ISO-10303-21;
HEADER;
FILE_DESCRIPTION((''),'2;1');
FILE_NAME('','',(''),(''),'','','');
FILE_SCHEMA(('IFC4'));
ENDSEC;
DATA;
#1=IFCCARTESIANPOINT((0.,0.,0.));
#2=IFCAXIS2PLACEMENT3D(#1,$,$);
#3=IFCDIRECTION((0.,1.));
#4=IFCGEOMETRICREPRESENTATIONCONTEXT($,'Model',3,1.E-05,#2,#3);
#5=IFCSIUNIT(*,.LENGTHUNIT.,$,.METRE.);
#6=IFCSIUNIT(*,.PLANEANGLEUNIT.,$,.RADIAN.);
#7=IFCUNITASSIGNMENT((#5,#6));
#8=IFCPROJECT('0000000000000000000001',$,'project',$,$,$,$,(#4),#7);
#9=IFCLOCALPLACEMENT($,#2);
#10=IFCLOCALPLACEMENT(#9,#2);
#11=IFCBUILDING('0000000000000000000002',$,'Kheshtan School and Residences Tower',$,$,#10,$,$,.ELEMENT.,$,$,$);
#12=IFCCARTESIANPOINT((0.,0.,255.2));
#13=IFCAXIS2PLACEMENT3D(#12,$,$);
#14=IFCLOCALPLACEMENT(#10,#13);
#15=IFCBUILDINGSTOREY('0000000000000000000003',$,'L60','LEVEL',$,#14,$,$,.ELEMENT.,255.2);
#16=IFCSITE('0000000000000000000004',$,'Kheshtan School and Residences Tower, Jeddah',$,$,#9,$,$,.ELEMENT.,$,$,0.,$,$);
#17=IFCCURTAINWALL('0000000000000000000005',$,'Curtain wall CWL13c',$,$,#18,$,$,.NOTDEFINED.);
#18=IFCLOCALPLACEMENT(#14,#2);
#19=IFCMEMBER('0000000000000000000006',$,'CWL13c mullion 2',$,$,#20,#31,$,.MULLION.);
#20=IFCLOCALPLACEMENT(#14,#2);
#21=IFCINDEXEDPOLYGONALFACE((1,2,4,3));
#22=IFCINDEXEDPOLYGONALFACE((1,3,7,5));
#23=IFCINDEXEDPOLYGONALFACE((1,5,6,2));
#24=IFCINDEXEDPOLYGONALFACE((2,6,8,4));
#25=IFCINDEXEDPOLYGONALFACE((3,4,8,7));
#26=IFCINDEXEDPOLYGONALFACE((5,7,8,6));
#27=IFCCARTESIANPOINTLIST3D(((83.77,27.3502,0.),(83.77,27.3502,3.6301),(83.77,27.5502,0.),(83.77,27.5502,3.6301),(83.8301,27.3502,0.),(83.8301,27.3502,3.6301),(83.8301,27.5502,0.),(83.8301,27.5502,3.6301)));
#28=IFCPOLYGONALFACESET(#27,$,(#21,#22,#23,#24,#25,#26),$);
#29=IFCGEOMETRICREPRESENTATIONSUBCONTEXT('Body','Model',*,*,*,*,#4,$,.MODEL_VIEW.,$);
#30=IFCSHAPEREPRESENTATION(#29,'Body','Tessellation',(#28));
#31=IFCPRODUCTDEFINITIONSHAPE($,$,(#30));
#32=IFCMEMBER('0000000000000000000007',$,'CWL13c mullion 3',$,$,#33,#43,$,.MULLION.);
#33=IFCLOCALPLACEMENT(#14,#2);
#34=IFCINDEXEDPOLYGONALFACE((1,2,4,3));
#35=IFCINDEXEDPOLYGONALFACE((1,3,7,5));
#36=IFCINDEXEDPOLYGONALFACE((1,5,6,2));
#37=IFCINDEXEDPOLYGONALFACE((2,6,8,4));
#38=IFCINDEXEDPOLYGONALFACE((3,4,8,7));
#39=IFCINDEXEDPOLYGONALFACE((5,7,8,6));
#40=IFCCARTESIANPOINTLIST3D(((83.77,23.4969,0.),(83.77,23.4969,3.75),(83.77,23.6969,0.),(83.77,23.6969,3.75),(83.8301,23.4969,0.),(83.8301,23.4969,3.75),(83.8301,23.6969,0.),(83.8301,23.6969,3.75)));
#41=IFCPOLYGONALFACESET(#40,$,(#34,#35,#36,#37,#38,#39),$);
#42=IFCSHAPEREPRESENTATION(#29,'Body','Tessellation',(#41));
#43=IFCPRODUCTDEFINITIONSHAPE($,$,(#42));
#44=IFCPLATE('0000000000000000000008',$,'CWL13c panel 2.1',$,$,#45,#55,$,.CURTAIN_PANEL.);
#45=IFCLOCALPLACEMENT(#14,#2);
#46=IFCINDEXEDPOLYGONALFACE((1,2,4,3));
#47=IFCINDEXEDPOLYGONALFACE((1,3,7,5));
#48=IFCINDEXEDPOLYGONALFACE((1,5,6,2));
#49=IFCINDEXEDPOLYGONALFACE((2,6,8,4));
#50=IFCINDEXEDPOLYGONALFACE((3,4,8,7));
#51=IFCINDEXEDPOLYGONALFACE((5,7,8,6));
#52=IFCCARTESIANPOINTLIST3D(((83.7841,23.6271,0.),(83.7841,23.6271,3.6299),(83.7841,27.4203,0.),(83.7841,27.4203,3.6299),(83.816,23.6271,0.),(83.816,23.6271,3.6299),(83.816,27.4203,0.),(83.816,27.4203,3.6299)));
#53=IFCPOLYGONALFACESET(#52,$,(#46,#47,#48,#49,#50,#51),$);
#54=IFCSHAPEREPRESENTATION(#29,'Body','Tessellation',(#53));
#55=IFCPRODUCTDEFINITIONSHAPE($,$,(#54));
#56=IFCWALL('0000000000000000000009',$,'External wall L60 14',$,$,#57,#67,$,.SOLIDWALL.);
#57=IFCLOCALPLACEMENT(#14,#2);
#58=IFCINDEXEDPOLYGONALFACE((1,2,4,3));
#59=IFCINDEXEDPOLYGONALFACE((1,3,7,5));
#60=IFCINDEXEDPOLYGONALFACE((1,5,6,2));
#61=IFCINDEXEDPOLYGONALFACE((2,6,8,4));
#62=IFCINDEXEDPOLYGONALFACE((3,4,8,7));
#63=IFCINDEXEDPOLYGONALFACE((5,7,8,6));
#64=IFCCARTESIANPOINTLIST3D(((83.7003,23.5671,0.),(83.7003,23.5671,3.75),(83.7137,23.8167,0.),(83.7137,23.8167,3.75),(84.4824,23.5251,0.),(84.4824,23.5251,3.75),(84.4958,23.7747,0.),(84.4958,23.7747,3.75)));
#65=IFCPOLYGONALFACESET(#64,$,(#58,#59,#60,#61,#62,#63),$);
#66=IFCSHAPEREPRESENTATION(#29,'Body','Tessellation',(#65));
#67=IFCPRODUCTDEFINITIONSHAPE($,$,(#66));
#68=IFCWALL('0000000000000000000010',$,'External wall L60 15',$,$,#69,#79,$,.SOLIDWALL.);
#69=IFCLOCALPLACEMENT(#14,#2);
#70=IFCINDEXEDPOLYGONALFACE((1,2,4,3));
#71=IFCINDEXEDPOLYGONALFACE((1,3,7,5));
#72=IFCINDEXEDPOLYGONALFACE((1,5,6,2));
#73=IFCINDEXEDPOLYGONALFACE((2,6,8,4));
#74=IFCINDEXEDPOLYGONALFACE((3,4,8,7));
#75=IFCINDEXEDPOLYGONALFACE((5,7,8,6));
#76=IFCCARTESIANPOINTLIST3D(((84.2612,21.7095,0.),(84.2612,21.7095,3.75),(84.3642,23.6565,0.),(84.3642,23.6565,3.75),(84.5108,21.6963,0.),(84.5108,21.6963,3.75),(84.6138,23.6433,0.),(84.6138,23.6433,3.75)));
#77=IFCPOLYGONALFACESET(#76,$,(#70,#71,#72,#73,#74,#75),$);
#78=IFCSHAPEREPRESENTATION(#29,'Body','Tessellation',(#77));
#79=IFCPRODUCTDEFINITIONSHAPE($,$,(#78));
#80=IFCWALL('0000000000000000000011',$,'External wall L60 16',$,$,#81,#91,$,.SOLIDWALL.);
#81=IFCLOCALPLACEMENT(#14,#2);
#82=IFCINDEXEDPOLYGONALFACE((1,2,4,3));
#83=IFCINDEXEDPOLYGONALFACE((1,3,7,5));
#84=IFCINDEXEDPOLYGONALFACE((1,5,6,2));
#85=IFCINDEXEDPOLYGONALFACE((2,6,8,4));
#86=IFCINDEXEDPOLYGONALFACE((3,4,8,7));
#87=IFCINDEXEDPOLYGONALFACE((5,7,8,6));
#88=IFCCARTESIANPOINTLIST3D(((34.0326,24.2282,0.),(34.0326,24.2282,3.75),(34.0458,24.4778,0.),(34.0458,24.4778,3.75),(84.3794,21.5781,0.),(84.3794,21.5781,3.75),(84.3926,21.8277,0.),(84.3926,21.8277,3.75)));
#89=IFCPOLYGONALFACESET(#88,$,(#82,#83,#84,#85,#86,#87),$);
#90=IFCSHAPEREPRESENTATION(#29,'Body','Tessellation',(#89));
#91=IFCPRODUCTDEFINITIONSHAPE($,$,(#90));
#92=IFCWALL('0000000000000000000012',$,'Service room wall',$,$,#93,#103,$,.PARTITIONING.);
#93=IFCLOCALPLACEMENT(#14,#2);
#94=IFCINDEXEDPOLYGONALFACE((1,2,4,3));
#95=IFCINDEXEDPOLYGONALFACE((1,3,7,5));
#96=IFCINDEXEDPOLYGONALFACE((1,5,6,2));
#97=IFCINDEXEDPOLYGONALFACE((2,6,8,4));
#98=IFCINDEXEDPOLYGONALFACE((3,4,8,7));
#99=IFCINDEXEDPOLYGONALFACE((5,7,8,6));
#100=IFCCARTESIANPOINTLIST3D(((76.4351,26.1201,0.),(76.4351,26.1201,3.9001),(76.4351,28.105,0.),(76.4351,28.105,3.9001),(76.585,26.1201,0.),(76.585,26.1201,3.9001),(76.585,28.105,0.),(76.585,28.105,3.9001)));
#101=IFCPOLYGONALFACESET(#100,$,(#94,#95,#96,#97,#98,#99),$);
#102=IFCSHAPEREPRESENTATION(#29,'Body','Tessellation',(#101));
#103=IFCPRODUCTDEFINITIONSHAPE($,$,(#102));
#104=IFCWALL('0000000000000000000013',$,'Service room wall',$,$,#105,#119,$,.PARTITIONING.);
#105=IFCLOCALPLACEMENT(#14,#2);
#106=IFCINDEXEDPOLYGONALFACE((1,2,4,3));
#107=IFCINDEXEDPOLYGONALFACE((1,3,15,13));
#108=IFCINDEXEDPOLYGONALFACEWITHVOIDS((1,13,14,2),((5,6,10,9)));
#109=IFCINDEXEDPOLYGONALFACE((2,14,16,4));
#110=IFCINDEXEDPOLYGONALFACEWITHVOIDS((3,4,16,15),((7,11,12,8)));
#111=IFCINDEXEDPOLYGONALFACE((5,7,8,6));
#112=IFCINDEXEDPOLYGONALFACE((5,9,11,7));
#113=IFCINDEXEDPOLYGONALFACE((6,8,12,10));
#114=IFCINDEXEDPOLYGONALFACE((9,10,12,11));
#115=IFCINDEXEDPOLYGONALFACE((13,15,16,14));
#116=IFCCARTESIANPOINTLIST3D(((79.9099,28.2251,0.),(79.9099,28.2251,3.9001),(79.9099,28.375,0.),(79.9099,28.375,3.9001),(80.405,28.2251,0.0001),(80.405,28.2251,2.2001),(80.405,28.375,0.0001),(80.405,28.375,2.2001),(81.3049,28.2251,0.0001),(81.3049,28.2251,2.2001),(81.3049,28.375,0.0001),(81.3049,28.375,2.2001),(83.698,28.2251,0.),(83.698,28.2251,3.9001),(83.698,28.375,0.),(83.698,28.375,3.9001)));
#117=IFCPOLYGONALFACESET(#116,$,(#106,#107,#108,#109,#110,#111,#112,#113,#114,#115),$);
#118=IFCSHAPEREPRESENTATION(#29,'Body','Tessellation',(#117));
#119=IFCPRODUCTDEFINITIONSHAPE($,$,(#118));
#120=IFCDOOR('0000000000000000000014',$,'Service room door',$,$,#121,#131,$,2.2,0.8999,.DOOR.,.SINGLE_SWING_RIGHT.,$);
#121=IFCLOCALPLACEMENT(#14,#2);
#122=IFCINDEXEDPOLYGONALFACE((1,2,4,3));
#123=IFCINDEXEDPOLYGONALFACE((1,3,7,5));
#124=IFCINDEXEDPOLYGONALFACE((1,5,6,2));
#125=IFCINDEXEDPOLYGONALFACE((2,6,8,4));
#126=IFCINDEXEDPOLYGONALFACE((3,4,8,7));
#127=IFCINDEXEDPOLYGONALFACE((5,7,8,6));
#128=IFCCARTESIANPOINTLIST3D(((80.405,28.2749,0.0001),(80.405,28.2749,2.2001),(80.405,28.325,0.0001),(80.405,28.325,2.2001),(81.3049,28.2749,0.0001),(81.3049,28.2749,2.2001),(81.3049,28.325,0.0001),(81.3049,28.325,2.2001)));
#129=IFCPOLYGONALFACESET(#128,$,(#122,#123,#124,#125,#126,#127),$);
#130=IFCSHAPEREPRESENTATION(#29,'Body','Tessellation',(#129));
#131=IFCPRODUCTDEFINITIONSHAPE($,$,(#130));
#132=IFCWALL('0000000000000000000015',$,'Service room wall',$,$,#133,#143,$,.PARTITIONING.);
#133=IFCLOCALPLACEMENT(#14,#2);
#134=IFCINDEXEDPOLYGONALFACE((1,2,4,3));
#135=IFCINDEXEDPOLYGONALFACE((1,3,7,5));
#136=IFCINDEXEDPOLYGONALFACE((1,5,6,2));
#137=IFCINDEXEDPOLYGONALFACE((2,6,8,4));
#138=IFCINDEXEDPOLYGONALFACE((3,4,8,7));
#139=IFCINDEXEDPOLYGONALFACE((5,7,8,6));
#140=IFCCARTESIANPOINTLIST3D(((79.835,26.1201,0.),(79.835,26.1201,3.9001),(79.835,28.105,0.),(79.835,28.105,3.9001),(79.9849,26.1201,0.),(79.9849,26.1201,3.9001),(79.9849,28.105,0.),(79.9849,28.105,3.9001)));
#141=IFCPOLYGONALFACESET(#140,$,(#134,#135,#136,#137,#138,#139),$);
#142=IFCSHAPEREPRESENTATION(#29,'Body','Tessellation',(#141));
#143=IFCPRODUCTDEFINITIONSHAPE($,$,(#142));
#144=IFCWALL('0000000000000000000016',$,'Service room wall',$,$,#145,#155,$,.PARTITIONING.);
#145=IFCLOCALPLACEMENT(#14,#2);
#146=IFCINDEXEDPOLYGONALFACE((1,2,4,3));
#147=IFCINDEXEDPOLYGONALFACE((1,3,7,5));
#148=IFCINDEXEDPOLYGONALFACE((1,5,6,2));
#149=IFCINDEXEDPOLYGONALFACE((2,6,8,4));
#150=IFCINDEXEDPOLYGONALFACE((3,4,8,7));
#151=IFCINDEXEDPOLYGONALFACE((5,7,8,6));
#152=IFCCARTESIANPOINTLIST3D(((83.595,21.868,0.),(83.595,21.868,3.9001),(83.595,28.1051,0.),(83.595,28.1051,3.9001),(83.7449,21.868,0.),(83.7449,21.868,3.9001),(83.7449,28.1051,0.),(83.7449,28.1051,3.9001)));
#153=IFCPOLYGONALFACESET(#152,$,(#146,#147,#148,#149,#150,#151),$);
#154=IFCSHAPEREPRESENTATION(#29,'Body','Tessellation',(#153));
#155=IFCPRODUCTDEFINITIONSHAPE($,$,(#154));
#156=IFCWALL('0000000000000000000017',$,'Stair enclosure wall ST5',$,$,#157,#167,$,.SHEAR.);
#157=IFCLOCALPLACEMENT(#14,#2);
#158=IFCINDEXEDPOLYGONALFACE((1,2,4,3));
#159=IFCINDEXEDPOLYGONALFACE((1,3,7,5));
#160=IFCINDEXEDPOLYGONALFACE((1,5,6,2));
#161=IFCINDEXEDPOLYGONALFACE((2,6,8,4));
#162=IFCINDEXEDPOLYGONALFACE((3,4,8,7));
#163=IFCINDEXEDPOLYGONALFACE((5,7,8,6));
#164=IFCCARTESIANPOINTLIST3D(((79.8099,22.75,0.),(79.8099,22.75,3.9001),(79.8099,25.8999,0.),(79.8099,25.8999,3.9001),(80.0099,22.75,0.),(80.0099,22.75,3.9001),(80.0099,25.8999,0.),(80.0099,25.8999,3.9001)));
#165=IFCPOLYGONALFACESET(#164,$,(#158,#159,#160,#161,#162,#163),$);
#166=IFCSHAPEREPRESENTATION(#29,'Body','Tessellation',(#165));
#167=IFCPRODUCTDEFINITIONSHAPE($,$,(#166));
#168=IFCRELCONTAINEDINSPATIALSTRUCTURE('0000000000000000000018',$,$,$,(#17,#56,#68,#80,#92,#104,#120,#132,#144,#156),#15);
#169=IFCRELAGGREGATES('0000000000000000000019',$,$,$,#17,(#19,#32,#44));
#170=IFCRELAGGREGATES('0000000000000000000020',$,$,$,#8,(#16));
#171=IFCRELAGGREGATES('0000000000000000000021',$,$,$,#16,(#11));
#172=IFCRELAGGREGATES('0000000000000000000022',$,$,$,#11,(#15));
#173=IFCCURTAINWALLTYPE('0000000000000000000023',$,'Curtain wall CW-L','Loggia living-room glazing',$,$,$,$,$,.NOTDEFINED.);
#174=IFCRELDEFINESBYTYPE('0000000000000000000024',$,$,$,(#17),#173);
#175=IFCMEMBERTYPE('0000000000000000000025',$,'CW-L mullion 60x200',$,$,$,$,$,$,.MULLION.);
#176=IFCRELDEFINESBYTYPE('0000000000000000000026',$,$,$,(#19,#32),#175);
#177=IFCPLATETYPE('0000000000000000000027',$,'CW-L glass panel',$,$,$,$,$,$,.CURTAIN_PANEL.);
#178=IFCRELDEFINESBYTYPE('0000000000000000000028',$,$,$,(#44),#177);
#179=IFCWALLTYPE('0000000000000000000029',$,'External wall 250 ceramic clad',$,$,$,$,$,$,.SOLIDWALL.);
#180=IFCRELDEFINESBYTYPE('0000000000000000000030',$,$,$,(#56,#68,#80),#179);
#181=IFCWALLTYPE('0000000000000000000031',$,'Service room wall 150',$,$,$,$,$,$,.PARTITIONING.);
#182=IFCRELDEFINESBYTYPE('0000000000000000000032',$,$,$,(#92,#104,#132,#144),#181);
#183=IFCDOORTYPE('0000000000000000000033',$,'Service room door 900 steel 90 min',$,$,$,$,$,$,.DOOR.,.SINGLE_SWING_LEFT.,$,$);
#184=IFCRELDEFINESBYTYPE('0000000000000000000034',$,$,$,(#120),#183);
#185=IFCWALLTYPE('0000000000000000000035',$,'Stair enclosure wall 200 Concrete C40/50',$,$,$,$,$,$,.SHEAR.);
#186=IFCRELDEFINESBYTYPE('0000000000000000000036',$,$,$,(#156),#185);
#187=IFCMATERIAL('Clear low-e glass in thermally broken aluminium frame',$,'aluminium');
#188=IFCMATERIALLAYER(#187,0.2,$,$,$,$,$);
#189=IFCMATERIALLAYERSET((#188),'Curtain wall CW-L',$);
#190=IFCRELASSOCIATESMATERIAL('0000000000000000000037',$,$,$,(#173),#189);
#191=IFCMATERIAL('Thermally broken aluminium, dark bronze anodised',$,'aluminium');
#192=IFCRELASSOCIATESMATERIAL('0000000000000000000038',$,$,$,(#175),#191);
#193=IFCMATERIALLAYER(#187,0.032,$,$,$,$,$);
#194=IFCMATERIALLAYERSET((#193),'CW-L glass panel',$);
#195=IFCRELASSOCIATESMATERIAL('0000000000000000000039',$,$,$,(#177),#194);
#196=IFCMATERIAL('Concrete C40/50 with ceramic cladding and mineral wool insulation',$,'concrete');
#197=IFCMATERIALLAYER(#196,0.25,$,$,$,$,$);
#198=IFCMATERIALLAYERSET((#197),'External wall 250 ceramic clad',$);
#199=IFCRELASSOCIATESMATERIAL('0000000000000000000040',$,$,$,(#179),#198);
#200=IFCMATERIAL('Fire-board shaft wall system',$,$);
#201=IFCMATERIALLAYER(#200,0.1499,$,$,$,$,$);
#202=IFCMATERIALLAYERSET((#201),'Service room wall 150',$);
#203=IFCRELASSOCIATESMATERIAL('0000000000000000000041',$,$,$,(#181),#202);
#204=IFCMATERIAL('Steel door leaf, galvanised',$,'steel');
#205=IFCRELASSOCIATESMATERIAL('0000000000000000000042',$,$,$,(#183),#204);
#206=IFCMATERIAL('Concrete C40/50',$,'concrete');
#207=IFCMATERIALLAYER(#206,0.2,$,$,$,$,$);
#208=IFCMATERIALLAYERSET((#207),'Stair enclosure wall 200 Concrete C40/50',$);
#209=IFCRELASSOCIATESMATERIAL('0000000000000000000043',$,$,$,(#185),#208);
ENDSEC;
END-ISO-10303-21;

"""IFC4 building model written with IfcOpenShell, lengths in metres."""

from ifc_helpers import new_model, si_unit, direction, frame, frame_2d, origin, origin_2d, place, context, subcontext, project, spatial, rectangle, extrude, source, transform, mapped, material, layer, layer_set, material_profile, profile_set, type_object, element, fill, aggregate, save


model = new_model("IFC4")

# Units and contexts
model_context = context("Model", 3, precision=1e-05, world=origin(), true_north=direction((0.0, 1.0)))
body_context = subcontext(model_context, "Body", "Model", "MODEL_VIEW")
ifc_project = project(units=[si_unit("LENGTHUNIT", "METRE"), si_unit("PLANEANGLEUNIT", "RADIAN")], contexts=[model_context])

# Site, building, storey
site_placement = place(None, origin())
site = spatial("IfcSite", under=ifc_project, at=site_placement, Name="Kheshtan School and Residences Tower, Jeddah", CompositionType="ELEMENT", RefElevation=0.0)
building_placement = place(site_placement, origin())
building = spatial("IfcBuilding", under=site, at=building_placement, Name="Kheshtan School and Residences Tower", CompositionType="ELEMENT")
storey_placement = place(building_placement, frame((0.0, 0.0, 255.2)))
storey = spatial("IfcBuildingStorey", under=building, at=storey_placement, Name="L60", Description="LEVEL", CompositionType="ELEMENT", Elevation=255.2)

# Curtain wall, members, plate
ifc_material_1 = material(Name="Clear low-e glass in thermally broken aluminium frame", Category="aluminium")
ifc_layer_1 = layer(ifc_material_1, 0.2)
ifc_layer_set_1 = layer_set([ifc_layer_1], Name="Curtain wall CW-L")
curtain_wall_type = type_object("IfcCurtainWallType", Name="Curtain wall CW-L", Description="Loggia living-room glazing", PredefinedType="NOTDEFINED", material=ifc_layer_set_1)
curtain_wall_placement = place(storey_placement, origin())
curtain_wall = element("IfcCurtainWall", 1, at=curtain_wall_placement, inside=storey, type_object=curtain_wall_type, Name="Curtain wall CWL13c", PredefinedType="NOTDEFINED")
ifc_material_2 = material(Name="Thermally broken aluminium, dark bronze anodised", Category="aluminium")
ifc_material_profile_1 = material_profile(ifc_material_2, rectangle(XDim=0.0601, YDim=0.2, at=origin_2d()), Name="CW-L mullion 60x200")
ifc_profile_set_1 = profile_set([ifc_material_profile_1], Name="Thermally broken aluminium, dark bronze anodised")
member_type = type_object("IfcMemberType", Name="CW-L mullion 60x200", PredefinedType="MULLION", material=ifc_profile_set_1)
member_1_placement = place(storey_placement, frame((83.8, 27.4502, 0.0), z_axis=(0.0, 0.0, 1.0), x_axis=(1.0, 0.0, 0.0)))
member_1 = element("IfcMember", 2, at=member_1_placement, type_object=member_type, Name="CWL13c mullion 2", PredefinedType="MULLION", context=body_context, shape_type="SweptSolid", body=[
    extrude(rectangle(XDim=0.0601, YDim=0.2, at=origin_2d()), origin(), (0.0, 0.0, 1.0), 3.6301),
])
member_2_placement = place(storey_placement, frame((83.8, 23.5969, 0.0), z_axis=(0.0, 0.0, 1.0), x_axis=(1.0, 0.0, 0.0)))
member_2 = element("IfcMember", 3, at=member_2_placement, type_object=member_type, Name="CWL13c mullion 3", PredefinedType="MULLION", context=body_context, shape_type="SweptSolid", body=[
    extrude(rectangle(XDim=0.0601, YDim=0.2, at=origin_2d()), origin(), (0.0, 0.0, 1.0), 3.75),
])
ifc_layer_2 = layer(ifc_material_1, 0.032)
ifc_layer_set_2 = layer_set([ifc_layer_2], Name="CW-L glass panel")
plate_type = type_object("IfcPlateType", Name="CW-L glass panel", PredefinedType="CURTAIN_PANEL", material=ifc_layer_set_2)
plate_placement = place(storey_placement, frame((83.8, 25.5237, 0.0), z_axis=(0.0, 0.0, 1.0), x_axis=(0.0, -1.0, 0.0)))
plate = element("IfcPlate", 4, at=plate_placement, type_object=plate_type, Name="CWL13c panel 2.1", PredefinedType="CURTAIN_PANEL", context=body_context, shape_type="SweptSolid", body=[
    extrude(rectangle(XDim=3.7932, YDim=0.032, at=origin_2d()), origin(), (0.0, 0.0, 1.0), 3.6299),
])
aggregate(curtain_wall, [member_1, member_2, plate])

# Walls
ifc_material_3 = material(Name="Concrete C40/50 with ceramic cladding and mineral wool insulation", Category="concrete")
ifc_layer_3 = layer(ifc_material_3, 0.25)
ifc_layer_set_3 = layer_set([ifc_layer_3], Name="External wall 250 ceramic clad")
wall_type_1 = type_object("IfcWallType", Name="External wall 250 ceramic clad", PredefinedType="SOLIDWALL", material=ifc_layer_set_3)
wall_1_placement = place(storey_placement, frame((83.707, 23.6919, 0.0), z_axis=(0.0, 0.0, 1.0), x_axis=(0.998561, -0.053622, 0.0)))
element("IfcWall", 5, at=wall_1_placement, inside=storey, type_object=wall_type_1, Name="External wall L60 14", PredefinedType="SOLIDWALL", context=body_context, shape_type="SweptSolid", body=[
    extrude(rectangle(XDim=0.7832, YDim=0.25, at=frame_2d((0.3916, 0.0))), origin(), (0.0, 0.0, 1.0), 3.75),
])
wall_2_placement = place(storey_placement, frame((84.489, 23.6499, 0.0), z_axis=(0.0, 0.0, 1.0), x_axis=(-0.052841, -0.998603, 0.0)))
element("IfcWall", 6, at=wall_2_placement, inside=storey, type_object=wall_type_1, Name="External wall L60 15", PredefinedType="SOLIDWALL", context=body_context, shape_type="SweptSolid", body=[
    extrude(rectangle(XDim=1.9497, YDim=0.25, at=frame_2d((0.9749, 0.0))), origin(), (0.0, 0.0, 1.0), 3.75),
])
wall_3_placement = place(storey_placement, frame((84.386, 21.7029, 0.0), z_axis=(0.0, 0.0, 1.0), x_axis=(-0.998618, 0.052565, 0.0)))
element("IfcWall", 7, at=wall_3_placement, inside=storey, type_object=wall_type_1, Name="External wall L60 16", PredefinedType="SOLIDWALL", context=body_context, shape_type="SweptSolid", body=[
    extrude(rectangle(XDim=50.4165, YDim=0.25, at=frame_2d((25.2083, 0.0))), origin(), (0.0, 0.0, 1.0), 3.75),
])
ifc_material_4 = material(Name="Fire-board shaft wall system")
ifc_layer_4 = layer(ifc_material_4, 0.1499)
ifc_layer_set_4 = layer_set([ifc_layer_4], Name="Service room wall 150")
wall_type_2 = type_object("IfcWallType", Name="Service room wall 150", PredefinedType="PARTITIONING", material=ifc_layer_set_4)
wall_4_placement = place(storey_placement, frame((76.51, 26.1201, 0.0), z_axis=(0.0, 0.0, 1.0), x_axis=(0.0, 1.0, 0.0)))
element("IfcWall", 8, at=wall_4_placement, inside=storey, type_object=wall_type_2, Name="Service room wall", PredefinedType="PARTITIONING", context=body_context, shape_type="SweptSolid", body=[
    extrude(rectangle(XDim=1.9849, YDim=0.1499, at=frame_2d((0.9924, 0.0))), origin(), (0.0, 0.0, 1.0), 3.9001),
])

# Wall, opening, door
wall_5_placement = place(storey_placement, frame((79.9099, 28.3, 0.0), z_axis=(0.0, 0.0, 1.0), x_axis=(1.0, 0.0, 0.0)))
wall_5 = element("IfcWall", 9, at=wall_5_placement, inside=storey, type_object=wall_type_2, Name="Service room wall", PredefinedType="PARTITIONING", context=body_context, shape_type="SweptSolid", body=[
    extrude(rectangle(XDim=3.7881, YDim=0.1499, at=frame_2d((1.894, 0.0))), origin(), (0.0, 0.0, 1.0), 3.9001),
])
opening_placement = place(wall_5_placement, frame((0.4951, 0.0, 0.0)))
opening = element("IfcOpeningElement", 10, at=opening_placement, cuts=wall_5, PredefinedType="OPENING", context=body_context, shape_type="SweptSolid", body=[
    extrude(rectangle(XDim=0.8999, YDim=2.2, at=frame_2d((0.45, 1.1001))), frame((0.0, 0.085, 0.0), z_axis=(0.0, -1.0, 0.0), x_axis=(1.0, 0.0, 0.0)), (0.0, 0.0, 1.0), 0.1699),
])
ifc_material_5 = material(Name="Steel door leaf, galvanised", Category="steel")
door_type = type_object("IfcDoorType", Name="Service room door 900 steel 90 min", OperationType="SINGLE_SWING_LEFT", PredefinedType="DOOR", material=ifc_material_5)
shared_shape = source(origin(), body_context, "Body", "SweptSolid", [
    extrude(rectangle(XDim=0.8999, YDim=2.2, at=frame_2d((0.45, 1.1001))), frame((0.0, 0.0249, 0.0), z_axis=(0.0, -1.0, 0.0), x_axis=(1.0, 0.0, 0.0)), (0.0, 0.0, 1.0), 0.05),
])
door_placement = place(opening_placement, origin())
door = element("IfcDoor", 11, at=door_placement, inside=storey, type_object=door_type, Name="Service room door", OperationType="SINGLE_SWING_RIGHT", OverallHeight=2.2, OverallWidth=0.8999, PredefinedType="DOOR", context=body_context, shape_type="MappedRepresentation", body=[
    mapped(shared_shape, transform((0.0, 0.0, 0.0), x_axis=(1.0, 0.0, 0.0), y_axis=(0.0, 1.0, 0.0), z_axis=(0.0, 0.0, 1.0), scale=1.0)),
])
fill(opening, door)

# Walls
wall_6_placement = place(storey_placement, frame((79.9099, 26.1201, 0.0), z_axis=(0.0, 0.0, 1.0), x_axis=(0.0, 1.0, 0.0)))
element("IfcWall", 12, at=wall_6_placement, inside=storey, type_object=wall_type_2, Name="Service room wall", PredefinedType="PARTITIONING", context=body_context, shape_type="SweptSolid", body=[
    extrude(rectangle(XDim=1.9849, YDim=0.1499, at=frame_2d((0.9924, 0.0))), origin(), (0.0, 0.0, 1.0), 3.9001),
])
wall_7_placement = place(storey_placement, frame((83.6699, 21.8679, 0.0), z_axis=(0.0, 0.0, 1.0), x_axis=(0.0, 1.0, 0.0)))
element("IfcWall", 13, at=wall_7_placement, inside=storey, type_object=wall_type_2, Name="Service room wall", PredefinedType="PARTITIONING", context=body_context, shape_type="SweptSolid", body=[
    extrude(rectangle(XDim=6.2371, YDim=0.1499, at=frame_2d((3.1187, 0.0))), origin(), (0.0, 0.0, 1.0), 3.9001),
])
ifc_material_6 = material(Name="Concrete C40/50", Category="concrete")
ifc_layer_5 = layer(ifc_material_6, 0.2)
ifc_layer_set_5 = layer_set([ifc_layer_5], Name="Stair enclosure wall 200 Concrete C40/50")
wall_type_3 = type_object("IfcWallType", Name="Stair enclosure wall 200 Concrete C40/50", PredefinedType="SHEAR", material=ifc_layer_set_5)
wall_8_placement = place(storey_placement, frame((79.9099, 22.75, 0.0), z_axis=(0.0, 0.0, 1.0), x_axis=(0.0, 1.0, 0.0)))
element("IfcWall", 14, at=wall_8_placement, inside=storey, type_object=wall_type_3, Name="Stair enclosure wall ST5", PredefinedType="SHEAR", context=body_context, shape_type="SweptSolid", body=[
    extrude(rectangle(XDim=3.1499, YDim=0.2, at=frame_2d((1.575, 0.0))), origin(), (0.0, 0.0, 1.0), 3.9001),
])

save(model, "model.ifc")
